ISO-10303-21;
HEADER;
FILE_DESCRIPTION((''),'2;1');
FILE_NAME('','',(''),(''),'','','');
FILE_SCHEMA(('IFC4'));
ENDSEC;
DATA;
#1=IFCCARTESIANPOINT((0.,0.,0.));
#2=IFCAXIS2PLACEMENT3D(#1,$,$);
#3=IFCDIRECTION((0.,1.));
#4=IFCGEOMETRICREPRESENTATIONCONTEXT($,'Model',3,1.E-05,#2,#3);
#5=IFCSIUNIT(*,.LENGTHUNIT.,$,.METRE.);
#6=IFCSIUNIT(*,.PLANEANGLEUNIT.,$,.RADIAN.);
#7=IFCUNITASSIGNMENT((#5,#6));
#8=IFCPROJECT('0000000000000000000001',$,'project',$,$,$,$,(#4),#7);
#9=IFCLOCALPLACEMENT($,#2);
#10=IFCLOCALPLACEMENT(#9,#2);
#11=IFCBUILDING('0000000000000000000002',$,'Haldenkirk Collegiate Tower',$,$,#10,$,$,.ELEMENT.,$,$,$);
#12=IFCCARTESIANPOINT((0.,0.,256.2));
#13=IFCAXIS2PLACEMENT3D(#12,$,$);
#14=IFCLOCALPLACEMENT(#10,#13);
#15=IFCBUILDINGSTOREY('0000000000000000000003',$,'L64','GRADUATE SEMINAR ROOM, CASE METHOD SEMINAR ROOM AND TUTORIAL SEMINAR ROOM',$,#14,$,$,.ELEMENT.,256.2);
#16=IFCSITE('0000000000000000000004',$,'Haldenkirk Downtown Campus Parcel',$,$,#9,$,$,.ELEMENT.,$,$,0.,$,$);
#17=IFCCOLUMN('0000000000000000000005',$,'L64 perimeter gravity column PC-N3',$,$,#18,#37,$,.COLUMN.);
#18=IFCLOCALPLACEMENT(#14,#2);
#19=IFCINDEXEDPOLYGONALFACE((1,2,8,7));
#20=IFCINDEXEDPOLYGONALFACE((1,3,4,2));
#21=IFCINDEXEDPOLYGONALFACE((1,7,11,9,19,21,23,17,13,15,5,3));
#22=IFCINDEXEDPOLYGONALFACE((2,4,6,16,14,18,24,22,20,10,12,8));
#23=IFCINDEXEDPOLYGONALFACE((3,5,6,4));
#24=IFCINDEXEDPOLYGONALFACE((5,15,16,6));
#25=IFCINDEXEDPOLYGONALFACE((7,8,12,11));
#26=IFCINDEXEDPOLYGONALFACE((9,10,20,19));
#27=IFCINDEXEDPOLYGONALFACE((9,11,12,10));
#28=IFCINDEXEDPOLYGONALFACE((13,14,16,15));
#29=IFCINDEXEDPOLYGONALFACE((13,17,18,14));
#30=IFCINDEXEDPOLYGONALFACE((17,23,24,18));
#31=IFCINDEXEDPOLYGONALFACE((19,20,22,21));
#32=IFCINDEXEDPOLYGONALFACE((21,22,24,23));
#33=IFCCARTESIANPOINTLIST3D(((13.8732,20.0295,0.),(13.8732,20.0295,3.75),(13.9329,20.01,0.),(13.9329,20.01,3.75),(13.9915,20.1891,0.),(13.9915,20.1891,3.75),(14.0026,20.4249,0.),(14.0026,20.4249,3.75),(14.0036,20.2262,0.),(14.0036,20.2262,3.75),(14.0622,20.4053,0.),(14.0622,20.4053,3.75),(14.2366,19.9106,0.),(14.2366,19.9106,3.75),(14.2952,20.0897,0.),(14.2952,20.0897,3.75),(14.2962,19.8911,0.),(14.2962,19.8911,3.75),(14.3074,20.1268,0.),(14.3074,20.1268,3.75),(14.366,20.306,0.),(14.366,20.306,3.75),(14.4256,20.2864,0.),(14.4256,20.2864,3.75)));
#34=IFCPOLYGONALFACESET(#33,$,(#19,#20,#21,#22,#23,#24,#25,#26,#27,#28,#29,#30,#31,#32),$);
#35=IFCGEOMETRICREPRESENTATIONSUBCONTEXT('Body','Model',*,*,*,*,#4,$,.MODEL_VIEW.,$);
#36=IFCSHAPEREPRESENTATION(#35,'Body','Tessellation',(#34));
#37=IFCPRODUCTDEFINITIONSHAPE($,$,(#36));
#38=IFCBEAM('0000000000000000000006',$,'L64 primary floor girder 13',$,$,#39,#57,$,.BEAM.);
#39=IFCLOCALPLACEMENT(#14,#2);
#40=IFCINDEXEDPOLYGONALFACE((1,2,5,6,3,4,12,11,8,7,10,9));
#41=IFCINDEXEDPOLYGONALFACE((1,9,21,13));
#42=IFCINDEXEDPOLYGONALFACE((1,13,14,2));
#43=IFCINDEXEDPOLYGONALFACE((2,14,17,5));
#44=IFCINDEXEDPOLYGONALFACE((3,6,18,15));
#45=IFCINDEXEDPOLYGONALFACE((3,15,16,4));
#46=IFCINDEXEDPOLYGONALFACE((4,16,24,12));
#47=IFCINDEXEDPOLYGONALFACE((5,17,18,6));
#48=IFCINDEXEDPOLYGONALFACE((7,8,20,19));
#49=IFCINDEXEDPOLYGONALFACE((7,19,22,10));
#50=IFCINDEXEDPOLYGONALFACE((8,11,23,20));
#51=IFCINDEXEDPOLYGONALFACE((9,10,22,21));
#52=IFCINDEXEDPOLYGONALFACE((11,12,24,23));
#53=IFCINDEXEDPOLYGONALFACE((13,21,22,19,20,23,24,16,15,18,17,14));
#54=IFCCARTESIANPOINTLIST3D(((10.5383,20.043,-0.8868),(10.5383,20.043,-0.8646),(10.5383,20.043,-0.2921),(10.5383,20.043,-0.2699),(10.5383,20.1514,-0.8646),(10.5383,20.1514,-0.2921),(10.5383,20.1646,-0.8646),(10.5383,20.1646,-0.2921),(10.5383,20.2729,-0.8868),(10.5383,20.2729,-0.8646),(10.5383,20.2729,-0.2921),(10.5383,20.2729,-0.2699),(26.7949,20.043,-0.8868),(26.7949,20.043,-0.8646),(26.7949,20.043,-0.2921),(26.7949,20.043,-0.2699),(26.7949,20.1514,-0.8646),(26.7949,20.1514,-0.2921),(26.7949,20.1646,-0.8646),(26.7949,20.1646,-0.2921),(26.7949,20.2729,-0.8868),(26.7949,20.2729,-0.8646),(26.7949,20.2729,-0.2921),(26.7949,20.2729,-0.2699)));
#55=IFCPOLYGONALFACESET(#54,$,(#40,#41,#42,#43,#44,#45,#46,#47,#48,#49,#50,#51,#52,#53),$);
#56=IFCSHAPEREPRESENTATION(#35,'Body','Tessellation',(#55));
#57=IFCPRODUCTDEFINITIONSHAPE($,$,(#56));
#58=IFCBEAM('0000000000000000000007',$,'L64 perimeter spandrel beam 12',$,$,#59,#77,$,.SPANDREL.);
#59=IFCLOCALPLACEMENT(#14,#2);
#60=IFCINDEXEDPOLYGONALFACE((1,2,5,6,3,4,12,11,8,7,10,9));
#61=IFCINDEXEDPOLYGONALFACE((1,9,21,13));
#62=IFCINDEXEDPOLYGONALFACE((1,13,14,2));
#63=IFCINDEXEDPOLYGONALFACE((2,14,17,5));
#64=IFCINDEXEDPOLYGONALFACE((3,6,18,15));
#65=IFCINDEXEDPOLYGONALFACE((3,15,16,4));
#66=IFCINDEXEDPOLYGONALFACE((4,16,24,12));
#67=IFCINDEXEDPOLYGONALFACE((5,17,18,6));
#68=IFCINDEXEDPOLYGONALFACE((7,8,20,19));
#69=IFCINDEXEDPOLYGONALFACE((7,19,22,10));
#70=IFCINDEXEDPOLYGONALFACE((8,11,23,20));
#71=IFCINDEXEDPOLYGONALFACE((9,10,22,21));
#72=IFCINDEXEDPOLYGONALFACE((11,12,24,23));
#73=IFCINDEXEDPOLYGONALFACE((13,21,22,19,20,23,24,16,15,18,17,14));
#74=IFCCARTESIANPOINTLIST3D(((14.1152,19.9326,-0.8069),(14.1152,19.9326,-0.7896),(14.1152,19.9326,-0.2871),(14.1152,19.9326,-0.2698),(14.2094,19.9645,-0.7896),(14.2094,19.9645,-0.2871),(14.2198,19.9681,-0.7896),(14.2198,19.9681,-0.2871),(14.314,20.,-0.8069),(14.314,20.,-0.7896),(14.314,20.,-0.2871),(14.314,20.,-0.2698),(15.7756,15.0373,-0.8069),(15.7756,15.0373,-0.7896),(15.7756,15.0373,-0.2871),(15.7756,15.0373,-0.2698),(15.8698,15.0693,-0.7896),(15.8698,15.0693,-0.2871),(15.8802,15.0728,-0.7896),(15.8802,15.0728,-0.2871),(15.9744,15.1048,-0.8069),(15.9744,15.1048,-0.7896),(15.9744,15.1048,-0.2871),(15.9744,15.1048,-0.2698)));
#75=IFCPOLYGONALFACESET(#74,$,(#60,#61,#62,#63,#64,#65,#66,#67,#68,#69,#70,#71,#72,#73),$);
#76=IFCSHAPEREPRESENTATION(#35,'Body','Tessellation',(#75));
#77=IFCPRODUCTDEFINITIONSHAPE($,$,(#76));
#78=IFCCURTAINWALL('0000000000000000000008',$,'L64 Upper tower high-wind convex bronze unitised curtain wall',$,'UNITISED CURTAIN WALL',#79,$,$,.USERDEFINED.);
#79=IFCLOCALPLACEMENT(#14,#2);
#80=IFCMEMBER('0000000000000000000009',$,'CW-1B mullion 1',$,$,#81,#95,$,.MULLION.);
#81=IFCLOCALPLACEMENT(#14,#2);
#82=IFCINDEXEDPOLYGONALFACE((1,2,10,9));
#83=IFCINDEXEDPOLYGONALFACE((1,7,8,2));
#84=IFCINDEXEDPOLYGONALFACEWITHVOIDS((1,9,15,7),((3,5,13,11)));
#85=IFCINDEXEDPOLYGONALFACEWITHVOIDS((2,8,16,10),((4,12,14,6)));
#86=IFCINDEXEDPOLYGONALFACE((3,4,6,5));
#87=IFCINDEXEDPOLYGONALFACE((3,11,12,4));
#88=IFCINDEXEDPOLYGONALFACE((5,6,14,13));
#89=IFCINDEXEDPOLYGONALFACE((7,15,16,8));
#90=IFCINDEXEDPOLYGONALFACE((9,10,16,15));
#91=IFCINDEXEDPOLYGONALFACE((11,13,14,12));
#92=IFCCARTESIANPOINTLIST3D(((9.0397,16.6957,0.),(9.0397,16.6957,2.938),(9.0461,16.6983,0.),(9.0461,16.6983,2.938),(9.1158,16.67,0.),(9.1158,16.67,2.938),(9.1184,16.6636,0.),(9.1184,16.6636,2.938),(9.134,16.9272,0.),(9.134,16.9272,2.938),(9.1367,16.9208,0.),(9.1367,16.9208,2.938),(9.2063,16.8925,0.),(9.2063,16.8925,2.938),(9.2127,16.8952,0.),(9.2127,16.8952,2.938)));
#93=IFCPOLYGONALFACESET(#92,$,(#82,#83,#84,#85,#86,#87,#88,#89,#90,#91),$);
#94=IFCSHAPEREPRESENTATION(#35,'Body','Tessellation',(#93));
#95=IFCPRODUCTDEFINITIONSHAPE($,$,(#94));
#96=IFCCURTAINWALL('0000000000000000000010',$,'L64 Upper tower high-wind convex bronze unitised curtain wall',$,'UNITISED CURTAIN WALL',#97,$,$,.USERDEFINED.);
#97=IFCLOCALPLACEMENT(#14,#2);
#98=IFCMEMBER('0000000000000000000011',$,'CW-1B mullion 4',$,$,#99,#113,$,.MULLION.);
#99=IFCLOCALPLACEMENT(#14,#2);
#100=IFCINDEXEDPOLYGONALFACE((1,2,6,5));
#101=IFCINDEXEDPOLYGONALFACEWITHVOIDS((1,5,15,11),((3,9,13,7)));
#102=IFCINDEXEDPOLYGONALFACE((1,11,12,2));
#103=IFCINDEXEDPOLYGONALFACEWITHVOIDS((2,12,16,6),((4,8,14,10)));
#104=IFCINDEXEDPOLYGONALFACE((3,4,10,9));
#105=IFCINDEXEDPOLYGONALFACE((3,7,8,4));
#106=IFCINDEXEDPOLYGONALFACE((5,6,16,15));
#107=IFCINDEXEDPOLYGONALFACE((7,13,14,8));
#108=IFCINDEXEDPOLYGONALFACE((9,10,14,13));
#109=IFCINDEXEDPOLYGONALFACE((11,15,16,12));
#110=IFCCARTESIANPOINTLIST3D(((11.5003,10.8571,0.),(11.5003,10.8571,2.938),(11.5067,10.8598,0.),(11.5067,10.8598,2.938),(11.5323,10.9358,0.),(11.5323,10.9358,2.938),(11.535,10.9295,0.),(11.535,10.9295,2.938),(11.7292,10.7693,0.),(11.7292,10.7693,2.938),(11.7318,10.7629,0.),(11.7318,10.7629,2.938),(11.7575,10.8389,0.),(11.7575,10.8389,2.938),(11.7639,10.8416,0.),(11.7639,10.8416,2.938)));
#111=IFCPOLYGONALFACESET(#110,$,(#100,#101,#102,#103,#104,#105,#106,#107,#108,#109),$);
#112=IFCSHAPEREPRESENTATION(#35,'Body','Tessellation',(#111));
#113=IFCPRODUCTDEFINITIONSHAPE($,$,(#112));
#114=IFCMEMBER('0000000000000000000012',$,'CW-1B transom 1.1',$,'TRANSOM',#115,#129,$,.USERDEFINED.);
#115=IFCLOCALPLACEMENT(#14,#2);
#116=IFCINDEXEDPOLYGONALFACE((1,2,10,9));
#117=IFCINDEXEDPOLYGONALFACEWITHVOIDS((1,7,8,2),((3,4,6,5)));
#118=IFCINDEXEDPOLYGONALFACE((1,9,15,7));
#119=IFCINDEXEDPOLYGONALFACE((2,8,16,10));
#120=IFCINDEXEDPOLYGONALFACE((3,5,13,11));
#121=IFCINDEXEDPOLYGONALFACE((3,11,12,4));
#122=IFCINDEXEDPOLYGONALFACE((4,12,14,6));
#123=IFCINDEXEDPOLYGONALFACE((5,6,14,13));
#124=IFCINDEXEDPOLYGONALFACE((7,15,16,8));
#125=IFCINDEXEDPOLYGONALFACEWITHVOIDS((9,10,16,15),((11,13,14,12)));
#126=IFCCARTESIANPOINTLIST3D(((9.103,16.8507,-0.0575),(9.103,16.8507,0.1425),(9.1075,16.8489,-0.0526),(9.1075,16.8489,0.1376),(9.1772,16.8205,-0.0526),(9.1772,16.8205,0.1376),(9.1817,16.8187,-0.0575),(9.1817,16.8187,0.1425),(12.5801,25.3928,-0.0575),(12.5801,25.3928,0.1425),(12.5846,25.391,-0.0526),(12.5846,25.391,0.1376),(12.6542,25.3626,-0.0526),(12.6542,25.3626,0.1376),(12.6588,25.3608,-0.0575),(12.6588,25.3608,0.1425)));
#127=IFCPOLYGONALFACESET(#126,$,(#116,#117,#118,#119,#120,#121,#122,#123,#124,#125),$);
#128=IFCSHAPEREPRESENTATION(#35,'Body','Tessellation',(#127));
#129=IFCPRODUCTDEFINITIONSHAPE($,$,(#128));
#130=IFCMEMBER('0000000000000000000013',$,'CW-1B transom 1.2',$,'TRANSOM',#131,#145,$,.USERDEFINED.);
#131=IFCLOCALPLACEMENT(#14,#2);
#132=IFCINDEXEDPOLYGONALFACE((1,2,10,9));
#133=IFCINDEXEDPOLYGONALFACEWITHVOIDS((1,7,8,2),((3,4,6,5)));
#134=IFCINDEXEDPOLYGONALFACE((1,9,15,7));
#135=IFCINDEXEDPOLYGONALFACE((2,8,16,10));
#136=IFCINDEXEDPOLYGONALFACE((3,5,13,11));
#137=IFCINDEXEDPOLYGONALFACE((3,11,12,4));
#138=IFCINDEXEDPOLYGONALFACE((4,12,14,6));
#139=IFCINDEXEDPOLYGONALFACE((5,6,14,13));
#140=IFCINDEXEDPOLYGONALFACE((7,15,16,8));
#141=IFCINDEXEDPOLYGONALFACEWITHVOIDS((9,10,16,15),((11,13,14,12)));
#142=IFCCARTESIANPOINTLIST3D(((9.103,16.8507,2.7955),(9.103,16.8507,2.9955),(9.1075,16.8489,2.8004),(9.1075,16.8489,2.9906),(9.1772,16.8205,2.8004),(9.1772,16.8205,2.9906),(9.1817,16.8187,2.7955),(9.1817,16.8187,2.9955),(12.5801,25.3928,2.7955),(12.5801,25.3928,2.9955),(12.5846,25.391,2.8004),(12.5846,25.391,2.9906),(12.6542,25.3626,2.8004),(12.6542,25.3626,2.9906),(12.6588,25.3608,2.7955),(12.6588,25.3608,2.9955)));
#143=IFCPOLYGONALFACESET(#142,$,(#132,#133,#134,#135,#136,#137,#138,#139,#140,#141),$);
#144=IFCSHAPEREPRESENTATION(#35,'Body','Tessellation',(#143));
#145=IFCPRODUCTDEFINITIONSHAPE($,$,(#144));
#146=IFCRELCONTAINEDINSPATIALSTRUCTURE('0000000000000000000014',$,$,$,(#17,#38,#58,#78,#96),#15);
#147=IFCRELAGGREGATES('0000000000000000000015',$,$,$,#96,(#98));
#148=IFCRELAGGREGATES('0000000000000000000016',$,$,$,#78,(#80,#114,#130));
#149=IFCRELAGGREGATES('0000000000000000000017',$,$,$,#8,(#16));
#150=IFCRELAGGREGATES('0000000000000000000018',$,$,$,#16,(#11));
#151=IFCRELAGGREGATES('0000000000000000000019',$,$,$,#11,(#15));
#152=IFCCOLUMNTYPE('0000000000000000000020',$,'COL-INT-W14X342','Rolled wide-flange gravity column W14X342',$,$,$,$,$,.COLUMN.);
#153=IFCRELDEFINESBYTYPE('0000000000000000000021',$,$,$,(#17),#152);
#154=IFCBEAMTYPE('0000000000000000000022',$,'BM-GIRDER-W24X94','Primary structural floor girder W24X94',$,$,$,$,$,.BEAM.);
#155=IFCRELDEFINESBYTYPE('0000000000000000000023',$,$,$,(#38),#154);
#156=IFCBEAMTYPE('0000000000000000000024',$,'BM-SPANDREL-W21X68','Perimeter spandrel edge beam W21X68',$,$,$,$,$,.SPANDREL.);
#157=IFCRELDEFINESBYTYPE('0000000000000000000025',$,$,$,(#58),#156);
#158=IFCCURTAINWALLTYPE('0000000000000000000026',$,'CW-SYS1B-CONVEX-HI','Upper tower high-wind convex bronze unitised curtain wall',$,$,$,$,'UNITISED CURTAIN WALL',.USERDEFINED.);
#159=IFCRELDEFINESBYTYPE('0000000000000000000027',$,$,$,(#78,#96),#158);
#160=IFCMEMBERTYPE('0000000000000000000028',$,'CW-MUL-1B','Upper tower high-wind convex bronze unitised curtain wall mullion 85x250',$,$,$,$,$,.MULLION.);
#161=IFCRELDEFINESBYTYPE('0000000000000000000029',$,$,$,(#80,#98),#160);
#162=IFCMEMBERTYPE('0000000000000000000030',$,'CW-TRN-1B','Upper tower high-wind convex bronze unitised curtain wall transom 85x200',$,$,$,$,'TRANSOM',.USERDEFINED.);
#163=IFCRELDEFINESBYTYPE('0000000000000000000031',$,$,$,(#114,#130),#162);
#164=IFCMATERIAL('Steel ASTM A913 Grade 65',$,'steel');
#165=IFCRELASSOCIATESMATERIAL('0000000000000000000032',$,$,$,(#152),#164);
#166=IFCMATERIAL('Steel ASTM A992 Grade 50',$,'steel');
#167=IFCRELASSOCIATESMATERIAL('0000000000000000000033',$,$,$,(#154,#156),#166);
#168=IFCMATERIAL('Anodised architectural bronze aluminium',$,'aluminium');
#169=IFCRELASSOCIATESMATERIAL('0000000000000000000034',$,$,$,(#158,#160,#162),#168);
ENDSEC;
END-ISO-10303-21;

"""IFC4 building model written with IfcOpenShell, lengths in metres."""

from ifc_helpers import new_model, si_unit, direction, frame, origin, origin_2d, place, context, subcontext, project, spatial, hollow_rectangle, i_section, extrude, material, material_profile, profile_set, type_object, element, aggregate, save


model = new_model("IFC4")

# Units and contexts
model_context = context("Model", 3, precision=1e-05, world=origin(), true_north=direction((0.0, 1.0)))
body_context = subcontext(model_context, "Body", "Model", "MODEL_VIEW")
ifc_project = project(units=[si_unit("LENGTHUNIT", "METRE"), si_unit("PLANEANGLEUNIT", "RADIAN")], contexts=[model_context])

# Site, building, storey
site_placement = place(None, origin())
site = spatial("IfcSite", under=ifc_project, at=site_placement, Name="Haldenkirk Downtown Campus Parcel", CompositionType="ELEMENT", RefElevation=0.0)
building_placement = place(site_placement, origin())
building = spatial("IfcBuilding", under=site, at=building_placement, Name="Haldenkirk Collegiate Tower", CompositionType="ELEMENT")
storey_placement = place(building_placement, frame((0.0, 0.0, 256.2)))
storey = spatial("IfcBuildingStorey", under=building, at=storey_placement, Name="L64", Description="GRADUATE SEMINAR ROOM, CASE METHOD SEMINAR ROOM AND TUTORIAL SEMINAR ROOM", CompositionType="ELEMENT", Elevation=256.2)

# Column
ifc_material_1 = material(Name="Steel ASTM A913 Grade 65", Category="steel")
ifc_material_profile_1 = material_profile(ifc_material_1, i_section(OverallWidth=0.416, OverallDepth=0.4451, WebThickness=0.0391, FlangeThickness=0.0627, at=origin_2d()), Name="W14X342")
ifc_profile_set_1 = profile_set([ifc_material_profile_1], Name="Steel ASTM A913 Grade 65")
column_type = type_object("IfcColumnType", Name="COL-INT-W14X342", Description="Rolled wide-flange gravity column W14X342", PredefinedType="COLUMN", material=ifc_profile_set_1)
column_placement = place(storey_placement, frame((14.1494, 20.158, 0.0), z_axis=(0.0, 0.0, 1.0), x_axis=(0.311008, 0.950407, 0.0)))
element("IfcColumn", 1, at=column_placement, inside=storey, type_object=column_type, Name="L64 perimeter gravity column PC-N3", PredefinedType="COLUMN", context=body_context, shape_type="SweptSolid", body=[
    extrude(i_section(OverallWidth=0.416, OverallDepth=0.4451, WebThickness=0.0391, FlangeThickness=0.0627, at=origin_2d()), origin(), (0.0, 0.0, 1.0), 3.75),
])

# Beams
ifc_material_2 = material(Name="Steel ASTM A992 Grade 50", Category="steel")
ifc_material_profile_2 = material_profile(ifc_material_2, i_section(OverallWidth=0.23, OverallDepth=0.6169, WebThickness=0.0132, FlangeThickness=0.0222, at=origin_2d()), Name="W24X94")
ifc_profile_set_2 = profile_set([ifc_material_profile_2], Name="Steel ASTM A992 Grade 50")
beam_type_1 = type_object("IfcBeamType", Name="BM-GIRDER-W24X94", Description="Primary structural floor girder W24X94", PredefinedType="BEAM", material=ifc_profile_set_2)
beam_1_placement = place(storey_placement, frame((10.5383, 20.158, -0.5784), z_axis=(1.0, 0.0, 0.0), x_axis=(0.0, 1.0, 0.0)))
element("IfcBeam", 2, at=beam_1_placement, inside=storey, type_object=beam_type_1, Name="L64 primary floor girder 13", PredefinedType="BEAM", context=body_context, shape_type="SweptSolid", body=[
    extrude(i_section(OverallWidth=0.23, OverallDepth=0.6169, WebThickness=0.0132, FlangeThickness=0.0222, at=origin_2d()), origin(), (0.0, 0.0, 1.0), 16.2566),
])
ifc_material_profile_3 = material_profile(ifc_material_2, i_section(OverallWidth=0.21, OverallDepth=0.5371, WebThickness=0.011, FlangeThickness=0.0173, at=origin_2d()), Name="W21X68")
ifc_profile_set_3 = profile_set([ifc_material_profile_3], Name="Steel ASTM A992 Grade 50")
beam_type_2 = type_object("IfcBeamType", Name="BM-SPANDREL-W21X68", Description="Perimeter spandrel edge beam W21X68", PredefinedType="SPANDREL", material=ifc_profile_set_3)
beam_2_placement = place(storey_placement, frame((14.2146, 19.9663, -0.5383), z_axis=(0.321211, -0.947008, 0.0), x_axis=(0.947008, 0.321211, 0.0)))
element("IfcBeam", 3, at=beam_2_placement, inside=storey, type_object=beam_type_2, Name="L64 perimeter spandrel beam 12", PredefinedType="SPANDREL", context=body_context, shape_type="SweptSolid", body=[
    extrude(i_section(OverallWidth=0.21, OverallDepth=0.5371, WebThickness=0.011, FlangeThickness=0.0173, at=origin_2d()), origin(), (0.0, 0.0, 1.0), 5.1692),
])

# Curtain walls, members
ifc_material_3 = material(Name="Anodised architectural bronze aluminium", Category="aluminium")
curtain_wall_type = type_object("IfcCurtainWallType", Name="CW-SYS1B-CONVEX-HI", Description="Upper tower high-wind convex bronze unitised curtain wall", ElementType="UNITISED CURTAIN WALL", PredefinedType="USERDEFINED", material=ifc_material_3)
curtain_wall_1_placement = place(storey_placement, origin())
curtain_wall_1 = element("IfcCurtainWall", 4, at=curtain_wall_1_placement, inside=storey, type_object=curtain_wall_type, Name="L64 Upper tower high-wind convex bronze unitised curtain wall", ObjectType="UNITISED CURTAIN WALL", PredefinedType="USERDEFINED")
ifc_material_profile_4 = material_profile(ifc_material_3, hollow_rectangle(XDim=0.085, YDim=0.25, WallThickness=0.0049, at=origin_2d()), Name="CW-MUL-1B")
ifc_profile_set_4 = profile_set([ifc_material_profile_4], Name="Anodised architectural bronze aluminium")
member_type_1 = type_object("IfcMemberType", Name="CW-MUL-1B", Description="Upper tower high-wind convex bronze unitised curtain wall mullion 85x250", PredefinedType="MULLION", material=ifc_profile_set_4)
member_1_placement = place(storey_placement, frame((9.1262, 16.7954, 0.0), z_axis=(0.0, 0.0, 1.0), x_axis=(-0.926199, 0.377035, 0.0)))
member_1 = element("IfcMember", 5, at=member_1_placement, type_object=member_type_1, Name="CW-1B mullion 1", PredefinedType="MULLION", context=body_context, shape_type="SweptSolid", body=[
    extrude(hollow_rectangle(XDim=0.085, YDim=0.25, WallThickness=0.0049, at=origin_2d()), origin(), (0.0, 0.0, 1.0), 2.938),
])
curtain_wall_2_placement = place(storey_placement, origin())
curtain_wall_2 = element("IfcCurtainWall", 6, at=curtain_wall_2_placement, inside=storey, type_object=curtain_wall_type, Name="L64 Upper tower high-wind convex bronze unitised curtain wall", ObjectType="UNITISED CURTAIN WALL", PredefinedType="USERDEFINED")
member_2_placement = place(storey_placement, frame((11.6321, 10.8494, 0.0), z_axis=(0.0, 0.0, 1.0), x_axis=(-0.377034, -0.926199, 0.0)))
member_2 = element("IfcMember", 7, at=member_2_placement, type_object=member_type_1, Name="CW-1B mullion 4", PredefinedType="MULLION", context=body_context, shape_type="SweptSolid", body=[
    extrude(hollow_rectangle(XDim=0.085, YDim=0.25, WallThickness=0.0049, at=origin_2d()), origin(), (0.0, 0.0, 1.0), 2.938),
])
aggregate(curtain_wall_2, [member_2])

# Members
ifc_material_profile_5 = material_profile(ifc_material_3, hollow_rectangle(XDim=0.085, YDim=0.2, WallThickness=0.0049, at=origin_2d()), Name="CW-TRN-1B")
ifc_profile_set_5 = profile_set([ifc_material_profile_5], Name="Anodised architectural bronze aluminium")
member_type_2 = type_object("IfcMemberType", Name="CW-TRN-1B", Description="Upper tower high-wind convex bronze unitised curtain wall transom 85x200", ElementType="TRANSOM", PredefinedType="USERDEFINED", material=ifc_profile_set_5)
member_3_placement = place(storey_placement, frame((9.1423, 16.8347, 0.0425), z_axis=(0.377016, 0.926207, 0.0), x_axis=(-0.926207, 0.377016, 0.0)))
member_3 = element("IfcMember", 8, at=member_3_placement, type_object=member_type_2, Name="CW-1B transom 1.1", ObjectType="TRANSOM", PredefinedType="USERDEFINED", context=body_context, shape_type="SweptSolid", body=[
    extrude(hollow_rectangle(XDim=0.085, YDim=0.2, WallThickness=0.0049, at=origin_2d()), origin(), (0.0, 0.0, 1.0), 9.2227),
])
member_4_placement = place(storey_placement, frame((9.1423, 16.8347, 2.8955), z_axis=(0.377016, 0.926207, 0.0), x_axis=(-0.926207, 0.377016, 0.0)))
member_4 = element("IfcMember", 9, at=member_4_placement, type_object=member_type_2, Name="CW-1B transom 1.2", ObjectType="TRANSOM", PredefinedType="USERDEFINED", context=body_context, shape_type="SweptSolid", body=[
    extrude(hollow_rectangle(XDim=0.085, YDim=0.2, WallThickness=0.0049, at=origin_2d()), origin(), (0.0, 0.0, 1.0), 9.2227),
])
aggregate(curtain_wall_1, [member_1, member_3, member_4])

save(model, "model.ifc")
